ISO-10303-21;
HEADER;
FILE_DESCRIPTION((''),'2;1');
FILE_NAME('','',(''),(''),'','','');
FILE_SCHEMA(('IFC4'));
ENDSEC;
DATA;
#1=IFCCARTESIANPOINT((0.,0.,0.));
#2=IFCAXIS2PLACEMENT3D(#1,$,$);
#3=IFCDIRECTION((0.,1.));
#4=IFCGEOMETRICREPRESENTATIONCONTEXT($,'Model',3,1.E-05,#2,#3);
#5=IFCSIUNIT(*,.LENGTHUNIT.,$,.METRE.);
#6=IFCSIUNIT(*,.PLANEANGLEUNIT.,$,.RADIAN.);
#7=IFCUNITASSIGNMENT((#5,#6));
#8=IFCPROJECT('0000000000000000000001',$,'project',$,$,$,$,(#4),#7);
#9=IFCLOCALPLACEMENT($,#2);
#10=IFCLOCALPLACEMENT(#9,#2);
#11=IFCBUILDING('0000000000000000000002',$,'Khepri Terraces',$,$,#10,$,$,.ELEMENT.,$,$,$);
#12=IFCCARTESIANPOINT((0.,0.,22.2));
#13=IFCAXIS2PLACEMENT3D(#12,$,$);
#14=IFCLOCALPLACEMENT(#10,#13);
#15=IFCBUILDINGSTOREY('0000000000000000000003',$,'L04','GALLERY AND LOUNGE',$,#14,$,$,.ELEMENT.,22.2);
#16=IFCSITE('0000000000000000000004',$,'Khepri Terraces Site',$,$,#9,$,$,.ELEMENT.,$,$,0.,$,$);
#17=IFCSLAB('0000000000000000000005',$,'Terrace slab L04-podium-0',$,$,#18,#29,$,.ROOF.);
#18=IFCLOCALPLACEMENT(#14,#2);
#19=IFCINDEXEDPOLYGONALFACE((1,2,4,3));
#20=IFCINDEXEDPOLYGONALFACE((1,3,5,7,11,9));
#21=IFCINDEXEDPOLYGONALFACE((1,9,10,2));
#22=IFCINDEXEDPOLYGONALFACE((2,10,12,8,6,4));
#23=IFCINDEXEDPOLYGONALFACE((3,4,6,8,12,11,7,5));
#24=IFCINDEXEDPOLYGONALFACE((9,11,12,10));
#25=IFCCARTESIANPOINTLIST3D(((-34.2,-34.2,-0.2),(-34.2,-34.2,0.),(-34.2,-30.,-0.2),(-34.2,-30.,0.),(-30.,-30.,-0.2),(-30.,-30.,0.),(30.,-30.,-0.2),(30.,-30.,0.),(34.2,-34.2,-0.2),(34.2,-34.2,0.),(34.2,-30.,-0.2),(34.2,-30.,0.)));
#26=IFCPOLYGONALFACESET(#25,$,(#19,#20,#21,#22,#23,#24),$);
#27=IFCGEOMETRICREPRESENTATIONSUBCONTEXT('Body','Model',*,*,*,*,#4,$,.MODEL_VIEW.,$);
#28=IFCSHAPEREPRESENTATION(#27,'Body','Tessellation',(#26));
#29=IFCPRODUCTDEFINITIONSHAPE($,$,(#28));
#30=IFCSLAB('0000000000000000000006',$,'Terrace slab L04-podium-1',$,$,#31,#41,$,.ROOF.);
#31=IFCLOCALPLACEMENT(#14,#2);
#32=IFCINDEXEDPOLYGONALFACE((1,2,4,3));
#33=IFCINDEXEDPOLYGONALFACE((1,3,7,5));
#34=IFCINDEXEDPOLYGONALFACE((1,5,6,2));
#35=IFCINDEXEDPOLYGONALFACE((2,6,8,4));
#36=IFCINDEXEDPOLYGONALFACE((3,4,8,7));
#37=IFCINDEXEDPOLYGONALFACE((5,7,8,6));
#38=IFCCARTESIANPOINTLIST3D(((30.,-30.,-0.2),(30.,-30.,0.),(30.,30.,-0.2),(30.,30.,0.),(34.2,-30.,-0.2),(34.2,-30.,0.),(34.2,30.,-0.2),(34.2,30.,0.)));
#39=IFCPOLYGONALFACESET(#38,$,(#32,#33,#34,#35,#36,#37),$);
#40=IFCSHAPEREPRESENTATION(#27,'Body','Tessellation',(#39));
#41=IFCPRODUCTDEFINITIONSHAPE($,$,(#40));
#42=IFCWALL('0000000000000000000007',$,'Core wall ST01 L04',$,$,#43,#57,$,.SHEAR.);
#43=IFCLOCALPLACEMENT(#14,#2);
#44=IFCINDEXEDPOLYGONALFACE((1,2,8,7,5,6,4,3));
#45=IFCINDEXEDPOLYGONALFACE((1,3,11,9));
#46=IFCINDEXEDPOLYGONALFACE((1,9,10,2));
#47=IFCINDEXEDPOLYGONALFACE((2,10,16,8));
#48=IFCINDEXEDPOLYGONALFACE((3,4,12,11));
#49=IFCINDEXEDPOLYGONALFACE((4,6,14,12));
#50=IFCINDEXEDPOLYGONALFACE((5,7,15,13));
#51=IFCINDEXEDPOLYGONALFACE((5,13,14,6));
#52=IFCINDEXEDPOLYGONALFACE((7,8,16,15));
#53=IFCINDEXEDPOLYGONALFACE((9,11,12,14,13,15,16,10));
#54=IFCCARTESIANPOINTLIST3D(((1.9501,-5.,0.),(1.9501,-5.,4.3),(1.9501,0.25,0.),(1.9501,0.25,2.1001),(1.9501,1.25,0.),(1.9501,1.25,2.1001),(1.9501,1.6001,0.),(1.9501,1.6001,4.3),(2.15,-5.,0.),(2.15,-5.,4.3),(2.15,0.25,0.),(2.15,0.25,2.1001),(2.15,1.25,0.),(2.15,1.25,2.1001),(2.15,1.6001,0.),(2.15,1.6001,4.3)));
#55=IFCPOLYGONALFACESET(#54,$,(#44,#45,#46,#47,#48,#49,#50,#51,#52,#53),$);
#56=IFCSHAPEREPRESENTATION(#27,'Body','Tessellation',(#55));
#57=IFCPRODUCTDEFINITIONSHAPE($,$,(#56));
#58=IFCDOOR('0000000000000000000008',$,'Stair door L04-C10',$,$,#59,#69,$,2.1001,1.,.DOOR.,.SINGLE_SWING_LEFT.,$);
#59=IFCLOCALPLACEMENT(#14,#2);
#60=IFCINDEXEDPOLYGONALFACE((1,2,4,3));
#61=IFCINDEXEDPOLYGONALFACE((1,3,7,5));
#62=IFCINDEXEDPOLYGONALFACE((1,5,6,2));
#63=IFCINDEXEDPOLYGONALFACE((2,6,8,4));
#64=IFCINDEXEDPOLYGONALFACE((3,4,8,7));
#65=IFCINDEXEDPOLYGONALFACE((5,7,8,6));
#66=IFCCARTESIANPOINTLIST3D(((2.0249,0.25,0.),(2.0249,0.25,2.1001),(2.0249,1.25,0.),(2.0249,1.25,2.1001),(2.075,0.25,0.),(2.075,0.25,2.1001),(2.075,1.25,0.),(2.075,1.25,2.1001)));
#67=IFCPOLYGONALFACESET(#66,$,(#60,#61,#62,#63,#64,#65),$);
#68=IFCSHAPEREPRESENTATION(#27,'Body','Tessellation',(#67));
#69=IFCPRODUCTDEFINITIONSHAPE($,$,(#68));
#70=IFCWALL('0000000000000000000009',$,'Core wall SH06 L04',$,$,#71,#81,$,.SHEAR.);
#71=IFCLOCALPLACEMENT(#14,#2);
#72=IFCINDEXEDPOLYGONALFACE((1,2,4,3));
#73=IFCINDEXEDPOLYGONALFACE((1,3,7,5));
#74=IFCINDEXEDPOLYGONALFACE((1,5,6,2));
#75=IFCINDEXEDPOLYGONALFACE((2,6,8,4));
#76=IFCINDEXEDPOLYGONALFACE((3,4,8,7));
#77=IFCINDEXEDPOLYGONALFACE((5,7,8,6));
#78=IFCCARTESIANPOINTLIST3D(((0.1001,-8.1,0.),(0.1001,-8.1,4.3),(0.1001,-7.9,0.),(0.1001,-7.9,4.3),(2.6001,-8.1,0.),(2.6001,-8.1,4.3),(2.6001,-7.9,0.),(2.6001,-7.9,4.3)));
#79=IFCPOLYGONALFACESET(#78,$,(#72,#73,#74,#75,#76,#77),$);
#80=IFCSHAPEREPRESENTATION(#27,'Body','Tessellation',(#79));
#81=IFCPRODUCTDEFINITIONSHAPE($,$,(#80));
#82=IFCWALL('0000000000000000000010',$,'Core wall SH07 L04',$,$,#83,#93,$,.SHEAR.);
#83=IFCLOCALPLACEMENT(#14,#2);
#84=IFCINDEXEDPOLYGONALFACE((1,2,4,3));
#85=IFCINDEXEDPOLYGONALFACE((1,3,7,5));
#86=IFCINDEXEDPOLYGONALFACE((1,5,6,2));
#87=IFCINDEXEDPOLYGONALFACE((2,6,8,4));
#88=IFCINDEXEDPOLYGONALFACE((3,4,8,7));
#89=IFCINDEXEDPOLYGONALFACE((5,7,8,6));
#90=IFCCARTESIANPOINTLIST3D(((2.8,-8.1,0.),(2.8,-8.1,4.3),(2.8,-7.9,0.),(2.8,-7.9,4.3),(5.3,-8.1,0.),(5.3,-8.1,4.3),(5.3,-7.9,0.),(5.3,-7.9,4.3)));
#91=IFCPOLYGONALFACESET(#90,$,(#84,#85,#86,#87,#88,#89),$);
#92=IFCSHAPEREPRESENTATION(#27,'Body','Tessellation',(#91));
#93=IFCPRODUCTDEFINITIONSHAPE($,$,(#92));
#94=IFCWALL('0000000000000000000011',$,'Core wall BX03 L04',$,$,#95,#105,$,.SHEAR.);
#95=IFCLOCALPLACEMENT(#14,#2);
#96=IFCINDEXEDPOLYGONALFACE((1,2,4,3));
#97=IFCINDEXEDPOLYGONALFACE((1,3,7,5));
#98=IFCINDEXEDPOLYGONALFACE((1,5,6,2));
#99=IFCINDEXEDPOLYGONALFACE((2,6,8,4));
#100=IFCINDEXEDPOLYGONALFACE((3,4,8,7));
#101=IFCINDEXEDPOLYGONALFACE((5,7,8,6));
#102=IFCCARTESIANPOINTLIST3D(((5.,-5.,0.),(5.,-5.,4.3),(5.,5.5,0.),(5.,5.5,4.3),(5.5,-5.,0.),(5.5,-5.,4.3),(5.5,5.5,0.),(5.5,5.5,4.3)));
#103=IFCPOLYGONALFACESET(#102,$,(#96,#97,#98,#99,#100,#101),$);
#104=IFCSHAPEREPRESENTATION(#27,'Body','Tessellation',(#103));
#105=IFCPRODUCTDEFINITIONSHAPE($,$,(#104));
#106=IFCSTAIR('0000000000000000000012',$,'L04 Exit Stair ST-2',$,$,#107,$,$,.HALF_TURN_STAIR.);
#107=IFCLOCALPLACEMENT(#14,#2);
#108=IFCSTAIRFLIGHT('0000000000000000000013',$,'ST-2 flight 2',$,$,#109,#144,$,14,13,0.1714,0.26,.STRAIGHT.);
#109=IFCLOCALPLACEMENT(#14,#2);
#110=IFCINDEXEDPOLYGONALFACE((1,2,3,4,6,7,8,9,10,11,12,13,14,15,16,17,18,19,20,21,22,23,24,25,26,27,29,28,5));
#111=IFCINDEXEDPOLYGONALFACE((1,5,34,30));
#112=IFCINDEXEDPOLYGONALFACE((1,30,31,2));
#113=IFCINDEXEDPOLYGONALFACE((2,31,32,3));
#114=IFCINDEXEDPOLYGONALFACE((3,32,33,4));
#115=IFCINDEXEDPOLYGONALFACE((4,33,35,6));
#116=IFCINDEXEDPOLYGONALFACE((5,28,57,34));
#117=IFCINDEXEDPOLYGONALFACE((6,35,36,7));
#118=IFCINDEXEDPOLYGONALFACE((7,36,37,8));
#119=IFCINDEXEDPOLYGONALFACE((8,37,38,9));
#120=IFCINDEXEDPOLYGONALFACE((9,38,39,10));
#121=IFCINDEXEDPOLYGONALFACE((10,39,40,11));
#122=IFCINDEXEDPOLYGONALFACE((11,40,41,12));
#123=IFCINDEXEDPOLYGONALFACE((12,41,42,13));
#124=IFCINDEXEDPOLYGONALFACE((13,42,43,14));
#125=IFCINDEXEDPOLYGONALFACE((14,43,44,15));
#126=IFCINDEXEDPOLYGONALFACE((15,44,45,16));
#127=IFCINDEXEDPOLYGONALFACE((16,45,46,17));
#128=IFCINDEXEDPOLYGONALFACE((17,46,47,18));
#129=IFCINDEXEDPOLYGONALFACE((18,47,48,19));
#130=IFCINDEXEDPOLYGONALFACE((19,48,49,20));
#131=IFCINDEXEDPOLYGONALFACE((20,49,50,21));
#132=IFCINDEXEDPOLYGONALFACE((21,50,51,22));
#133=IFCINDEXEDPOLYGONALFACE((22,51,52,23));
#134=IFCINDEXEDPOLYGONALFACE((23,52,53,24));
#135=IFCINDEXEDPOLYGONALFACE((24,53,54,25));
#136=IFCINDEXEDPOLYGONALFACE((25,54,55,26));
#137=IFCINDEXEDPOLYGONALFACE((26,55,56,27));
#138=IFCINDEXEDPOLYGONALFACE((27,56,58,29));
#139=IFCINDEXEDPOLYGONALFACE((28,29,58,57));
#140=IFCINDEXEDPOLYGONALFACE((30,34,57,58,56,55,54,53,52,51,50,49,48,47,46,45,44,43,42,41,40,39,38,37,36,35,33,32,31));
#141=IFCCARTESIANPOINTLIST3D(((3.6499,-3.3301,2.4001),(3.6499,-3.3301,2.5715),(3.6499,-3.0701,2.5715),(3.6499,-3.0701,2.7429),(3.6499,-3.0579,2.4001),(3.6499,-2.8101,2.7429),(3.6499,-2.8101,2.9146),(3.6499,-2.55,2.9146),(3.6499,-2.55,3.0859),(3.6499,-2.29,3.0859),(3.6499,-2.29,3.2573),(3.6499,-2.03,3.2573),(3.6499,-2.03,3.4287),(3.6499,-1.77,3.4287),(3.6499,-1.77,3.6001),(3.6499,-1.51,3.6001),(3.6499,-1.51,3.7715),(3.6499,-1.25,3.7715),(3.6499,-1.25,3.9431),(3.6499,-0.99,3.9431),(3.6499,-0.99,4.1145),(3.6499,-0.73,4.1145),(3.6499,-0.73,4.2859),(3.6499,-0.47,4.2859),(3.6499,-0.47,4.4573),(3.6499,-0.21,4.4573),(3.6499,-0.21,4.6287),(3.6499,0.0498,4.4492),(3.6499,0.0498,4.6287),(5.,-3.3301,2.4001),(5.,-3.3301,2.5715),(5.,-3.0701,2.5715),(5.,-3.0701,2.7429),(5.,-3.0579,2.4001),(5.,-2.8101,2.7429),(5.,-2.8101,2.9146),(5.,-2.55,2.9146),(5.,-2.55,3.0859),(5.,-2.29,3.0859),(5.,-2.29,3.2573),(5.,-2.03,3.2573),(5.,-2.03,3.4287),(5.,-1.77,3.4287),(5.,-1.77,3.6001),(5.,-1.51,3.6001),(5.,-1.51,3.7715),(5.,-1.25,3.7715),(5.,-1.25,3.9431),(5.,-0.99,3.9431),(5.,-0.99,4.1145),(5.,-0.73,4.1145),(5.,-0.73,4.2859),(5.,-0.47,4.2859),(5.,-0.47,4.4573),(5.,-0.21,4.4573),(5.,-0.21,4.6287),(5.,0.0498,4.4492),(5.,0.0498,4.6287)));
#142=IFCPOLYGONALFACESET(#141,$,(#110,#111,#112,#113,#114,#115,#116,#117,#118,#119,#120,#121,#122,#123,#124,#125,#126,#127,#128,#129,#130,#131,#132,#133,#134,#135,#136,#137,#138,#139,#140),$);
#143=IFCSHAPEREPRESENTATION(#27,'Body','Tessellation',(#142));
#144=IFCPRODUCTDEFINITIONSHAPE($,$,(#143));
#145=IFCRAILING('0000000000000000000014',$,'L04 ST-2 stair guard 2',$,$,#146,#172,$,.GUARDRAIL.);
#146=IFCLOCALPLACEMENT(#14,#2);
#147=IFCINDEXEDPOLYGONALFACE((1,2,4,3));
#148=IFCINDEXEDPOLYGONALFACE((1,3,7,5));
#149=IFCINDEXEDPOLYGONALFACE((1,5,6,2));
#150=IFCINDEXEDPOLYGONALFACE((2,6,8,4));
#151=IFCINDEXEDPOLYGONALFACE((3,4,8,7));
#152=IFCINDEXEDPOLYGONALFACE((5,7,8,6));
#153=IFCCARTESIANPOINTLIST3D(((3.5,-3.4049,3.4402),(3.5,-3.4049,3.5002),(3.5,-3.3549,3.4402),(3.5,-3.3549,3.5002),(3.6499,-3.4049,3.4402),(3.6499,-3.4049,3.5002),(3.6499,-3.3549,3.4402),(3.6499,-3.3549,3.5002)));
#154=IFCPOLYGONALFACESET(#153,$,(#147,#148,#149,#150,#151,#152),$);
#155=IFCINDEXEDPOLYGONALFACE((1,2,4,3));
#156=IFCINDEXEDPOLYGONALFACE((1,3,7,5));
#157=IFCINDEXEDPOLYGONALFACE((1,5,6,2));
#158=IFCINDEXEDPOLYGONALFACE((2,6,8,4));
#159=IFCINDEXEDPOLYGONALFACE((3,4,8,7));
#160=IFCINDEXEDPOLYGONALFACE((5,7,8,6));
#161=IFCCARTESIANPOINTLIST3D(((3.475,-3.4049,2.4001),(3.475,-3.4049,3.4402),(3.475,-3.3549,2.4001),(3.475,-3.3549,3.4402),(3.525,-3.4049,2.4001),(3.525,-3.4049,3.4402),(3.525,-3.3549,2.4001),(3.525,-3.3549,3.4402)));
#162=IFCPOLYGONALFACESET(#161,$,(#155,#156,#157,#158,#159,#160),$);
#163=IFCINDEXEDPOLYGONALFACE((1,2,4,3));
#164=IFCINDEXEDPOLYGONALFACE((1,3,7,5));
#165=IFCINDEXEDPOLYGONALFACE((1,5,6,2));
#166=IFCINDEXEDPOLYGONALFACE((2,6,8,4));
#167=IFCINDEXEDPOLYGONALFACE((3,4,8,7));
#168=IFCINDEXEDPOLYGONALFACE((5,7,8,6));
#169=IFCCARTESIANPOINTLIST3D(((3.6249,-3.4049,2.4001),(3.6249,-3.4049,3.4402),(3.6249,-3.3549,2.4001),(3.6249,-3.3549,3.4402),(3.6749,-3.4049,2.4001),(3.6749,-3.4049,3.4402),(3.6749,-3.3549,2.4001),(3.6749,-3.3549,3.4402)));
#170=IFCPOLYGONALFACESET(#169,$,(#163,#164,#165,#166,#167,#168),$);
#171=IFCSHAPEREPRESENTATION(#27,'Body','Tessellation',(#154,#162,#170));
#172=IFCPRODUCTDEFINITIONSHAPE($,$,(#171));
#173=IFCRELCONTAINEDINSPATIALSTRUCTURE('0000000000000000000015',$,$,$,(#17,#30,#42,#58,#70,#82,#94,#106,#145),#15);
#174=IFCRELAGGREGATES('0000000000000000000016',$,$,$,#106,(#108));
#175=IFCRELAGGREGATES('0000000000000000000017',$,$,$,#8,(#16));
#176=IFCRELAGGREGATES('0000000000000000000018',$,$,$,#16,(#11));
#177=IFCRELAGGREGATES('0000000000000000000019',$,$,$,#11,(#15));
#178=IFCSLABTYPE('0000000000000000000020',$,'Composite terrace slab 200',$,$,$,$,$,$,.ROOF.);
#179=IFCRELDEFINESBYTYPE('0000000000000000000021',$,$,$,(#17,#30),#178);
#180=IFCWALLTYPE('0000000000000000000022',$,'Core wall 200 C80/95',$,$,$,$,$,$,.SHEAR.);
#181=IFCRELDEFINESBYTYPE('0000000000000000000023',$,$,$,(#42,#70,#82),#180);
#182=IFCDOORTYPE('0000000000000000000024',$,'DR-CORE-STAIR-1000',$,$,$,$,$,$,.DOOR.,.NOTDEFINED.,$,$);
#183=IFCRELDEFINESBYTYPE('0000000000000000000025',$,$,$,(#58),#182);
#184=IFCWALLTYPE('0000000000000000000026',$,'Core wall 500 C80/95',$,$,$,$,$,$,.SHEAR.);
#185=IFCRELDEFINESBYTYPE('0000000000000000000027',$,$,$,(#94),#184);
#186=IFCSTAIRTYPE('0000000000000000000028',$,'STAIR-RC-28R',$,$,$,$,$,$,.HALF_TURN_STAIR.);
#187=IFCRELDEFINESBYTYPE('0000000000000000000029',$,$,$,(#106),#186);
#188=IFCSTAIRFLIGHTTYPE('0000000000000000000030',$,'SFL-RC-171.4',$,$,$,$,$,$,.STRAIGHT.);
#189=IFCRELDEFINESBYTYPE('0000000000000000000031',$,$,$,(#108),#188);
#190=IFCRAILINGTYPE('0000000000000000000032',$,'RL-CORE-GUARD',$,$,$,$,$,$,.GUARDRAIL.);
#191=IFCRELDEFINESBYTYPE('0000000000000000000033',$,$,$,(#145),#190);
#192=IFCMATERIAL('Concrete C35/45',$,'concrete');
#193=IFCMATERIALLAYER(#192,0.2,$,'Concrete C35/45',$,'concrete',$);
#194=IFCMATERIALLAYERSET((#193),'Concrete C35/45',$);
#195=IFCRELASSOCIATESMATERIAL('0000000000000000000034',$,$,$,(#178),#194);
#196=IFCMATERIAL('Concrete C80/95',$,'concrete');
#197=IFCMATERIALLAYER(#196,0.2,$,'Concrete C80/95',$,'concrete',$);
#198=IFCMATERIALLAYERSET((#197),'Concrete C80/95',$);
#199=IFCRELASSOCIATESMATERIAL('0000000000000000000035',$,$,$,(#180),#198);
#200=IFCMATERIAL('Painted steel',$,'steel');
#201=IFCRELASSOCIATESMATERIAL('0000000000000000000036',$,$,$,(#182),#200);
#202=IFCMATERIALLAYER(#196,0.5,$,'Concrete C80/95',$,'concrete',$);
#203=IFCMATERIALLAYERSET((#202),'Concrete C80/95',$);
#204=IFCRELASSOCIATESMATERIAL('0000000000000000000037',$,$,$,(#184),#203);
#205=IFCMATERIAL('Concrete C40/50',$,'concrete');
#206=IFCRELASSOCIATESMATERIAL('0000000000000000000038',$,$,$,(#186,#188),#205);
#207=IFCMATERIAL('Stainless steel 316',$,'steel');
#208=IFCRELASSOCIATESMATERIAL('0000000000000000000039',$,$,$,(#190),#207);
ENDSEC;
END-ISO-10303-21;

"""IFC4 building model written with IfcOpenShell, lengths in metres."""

from ifc_helpers import new_model, si_unit, direction, frame, frame_2d, origin, origin_2d, place, context, subcontext, project, spatial, polyline, rectangle, outline, extrude, material, layer, layer_set, type_object, element, fill, aggregate, save


model = new_model("IFC4")

# Units and contexts
model_context = context("Model", 3, precision=1e-05, world=origin(), true_north=direction((0.0, 1.0)))
body_context = subcontext(model_context, "Body", "Model", "MODEL_VIEW")
ifc_project = project(units=[si_unit("LENGTHUNIT", "METRE"), si_unit("PLANEANGLEUNIT", "RADIAN")], contexts=[model_context])

# Site, building, storey
site_placement = place(None, origin())
site = spatial("IfcSite", under=ifc_project, at=site_placement, Name="Khepri Terraces Site", CompositionType="ELEMENT", RefElevation=0.0)
building_placement = place(site_placement, origin())
building = spatial("IfcBuilding", under=site, at=building_placement, Name="Khepri Terraces", CompositionType="ELEMENT")
storey_placement = place(building_placement, frame((0.0, 0.0, 22.2)))
storey = spatial("IfcBuildingStorey", under=building, at=storey_placement, Name="L04", Description="GALLERY AND LOUNGE", CompositionType="ELEMENT", Elevation=22.2)

# Slabs
ifc_material_1 = material(Name="Concrete C35/45", Category="concrete")
ifc_layer_1 = layer(ifc_material_1, 0.2, Name="Concrete C35/45", Category="concrete")
ifc_layer_set_1 = layer_set([ifc_layer_1], Name="Concrete C35/45")
slab_type = type_object("IfcSlabType", Name="Composite terrace slab 200", PredefinedType="ROOF", material=ifc_layer_set_1)
slab_1_placement = place(storey_placement, frame((0.0, 0.0, -0.2)))
element("IfcSlab", 1, at=slab_1_placement, inside=storey, type_object=slab_type, Name="Terrace slab L04-podium-0", PredefinedType="ROOF", context=body_context, shape_type="SweptSolid", body=[
    extrude(outline(polyline([(34.2, -34.2), (-34.2, -34.2), (-34.2, -30.0), (-30.0, -30.0), (30.0, -30.0), (34.2, -30.0), (34.2, -34.2)])), origin(), (0.0, 0.0, 1.0), 0.2),
])
slab_2_placement = place(storey_placement, frame((0.0, 0.0, -0.2)))
element("IfcSlab", 2, at=slab_2_placement, inside=storey, type_object=slab_type, Name="Terrace slab L04-podium-1", PredefinedType="ROOF", context=body_context, shape_type="SweptSolid", body=[
    extrude(outline(polyline([(34.2, -30.0), (30.0, -30.0), (30.0, 30.0), (34.2, 30.0), (34.2, -30.0)])), origin(), (0.0, 0.0, 1.0), 0.2),
])

# Wall, opening, door
ifc_material_2 = material(Name="Concrete C80/95", Category="concrete")
ifc_layer_2 = layer(ifc_material_2, 0.2, Name="Concrete C80/95", Category="concrete")
ifc_layer_set_2 = layer_set([ifc_layer_2], Name="Concrete C80/95")
wall_type_1 = type_object("IfcWallType", Name="Core wall 200 C80/95", PredefinedType="SHEAR", material=ifc_layer_set_2)
wall_1_placement = place(storey_placement, frame((2.05, -5.0, 0.0), z_axis=(0.0, 0.0, 1.0), x_axis=(0.0, 1.0, 0.0)))
wall_1 = element("IfcWall", 3, at=wall_1_placement, inside=storey, type_object=wall_type_1, Name="Core wall ST01 L04", PredefinedType="SHEAR", context=body_context, shape_type="SweptSolid", body=[
    extrude(rectangle(XDim=6.6001, YDim=0.2, at=frame_2d((3.3, 0.0))), origin(), (0.0, 0.0, 1.0), 4.3),
])
opening_placement = place(wall_1_placement, frame((5.25, 0.0, 0.0)))
opening = element("IfcOpeningElement", 4, at=opening_placement, cuts=wall_1, PredefinedType="OPENING", context=body_context, shape_type="SweptSolid", body=[
    extrude(rectangle(XDim=1.0, YDim=2.1001, at=frame_2d((0.5, 1.05))), frame((0.0, 0.1099, 0.0), z_axis=(0.0, -1.0, 0.0), x_axis=(1.0, 0.0, 0.0)), (0.0, 0.0, 1.0), 0.22),
])
ifc_material_3 = material(Name="Painted steel", Category="steel")
door_type = type_object("IfcDoorType", Name="DR-CORE-STAIR-1000", OperationType="NOTDEFINED", PredefinedType="DOOR", material=ifc_material_3)
door_placement = place(opening_placement, frame((1.0, 0.0, 0.0), z_axis=(0.0, 0.0, 1.0), x_axis=(-1.0, 0.0, 0.0)))
door = element("IfcDoor", 5, at=door_placement, inside=storey, type_object=door_type, Name="Stair door L04-C10", OperationType="SINGLE_SWING_LEFT", OverallHeight=2.1001, OverallWidth=1.0, PredefinedType="DOOR", context=body_context, shape_type="SweptSolid", body=[
    extrude(rectangle(XDim=1.0, YDim=2.1001, at=frame_2d((0.5, 1.05))), frame((0.0, 0.0249, 0.0), z_axis=(0.0, -1.0, 0.0), x_axis=(1.0, 0.0, 0.0)), (0.0, 0.0, 1.0), 0.05),
])
fill(opening, door)

# Walls
for number, where, z_axis, x_axis, name in (
    (6, (0.1001, -8.0, 0.0), (0.0, 0.0, 1.0), (1.0, 0.0, 0.0), "Core wall SH06 L04"),
    (7, (2.8, -8.0, 0.0), (0.0, 0.0, 1.0), (1.0, 0.0, 0.0), "Core wall SH07 L04"),
):
    element("IfcWall", number, at=place(storey_placement, frame(where, z_axis=z_axis, x_axis=x_axis)), inside=storey, type_object=wall_type_1, Name=name, PredefinedType="SHEAR", context=body_context, shape_type="SweptSolid", body=[
        extrude(rectangle(XDim=2.5, YDim=0.2, at=frame_2d((1.25, 0.0))), origin(), (0.0, 0.0, 1.0), 4.3),
    ])
ifc_layer_3 = layer(ifc_material_2, 0.5, Name="Concrete C80/95", Category="concrete")
ifc_layer_set_3 = layer_set([ifc_layer_3], Name="Concrete C80/95")
wall_type_2 = type_object("IfcWallType", Name="Core wall 500 C80/95", PredefinedType="SHEAR", material=ifc_layer_set_3)
wall_2_placement = place(storey_placement, frame((5.25, -5.0, 0.0), z_axis=(0.0, 0.0, 1.0), x_axis=(0.0, 1.0, 0.0)))
element("IfcWall", 8, at=wall_2_placement, inside=storey, type_object=wall_type_2, Name="Core wall BX03 L04", PredefinedType="SHEAR", context=body_context, shape_type="SweptSolid", body=[
    extrude(rectangle(XDim=10.5, YDim=0.5, at=frame_2d((5.25, 0.0))), origin(), (0.0, 0.0, 1.0), 4.3),
])

# Stair, stair flight
ifc_material_4 = material(Name="Concrete C40/50", Category="concrete")
stair_type = type_object("IfcStairType", Name="STAIR-RC-28R", PredefinedType="HALF_TURN_STAIR", material=ifc_material_4)
stair_placement = place(storey_placement, origin())
stair = element("IfcStair", 9, at=stair_placement, inside=storey, type_object=stair_type, Name="L04 Exit Stair ST-2", PredefinedType="HALF_TURN_STAIR")
stair_flight_type = type_object("IfcStairFlightType", Name="SFL-RC-171.4", PredefinedType="STRAIGHT", material=ifc_material_4)
stair_flight_placement = place(storey_placement, frame((4.325, -3.3301, 2.4001), z_axis=(0.0, 0.0, 1.0), x_axis=(0.0, 1.0, 0.0)))
stair_flight = element("IfcStairFlight", 10, at=stair_flight_placement, type_object=stair_flight_type, Name="ST-2 flight 2", NumberOfRisers=14, NumberOfTreads=13, PredefinedType="STRAIGHT", RiserHeight=0.1714, TreadLength=0.26, context=body_context, shape_type="SweptSolid", body=[
    extrude(outline(polyline([(0.0, 0.0), (0.0, 0.1714), (0.26, 0.1714), (0.26, 0.3428), (0.52, 0.3428), (0.52, 0.5144), (0.78, 0.5144), (0.78, 0.6858), (1.04, 0.6858), (1.04, 0.8572), (1.3, 0.8572), (1.3, 1.0286), (1.5601, 1.0286), (1.5601, 1.2), (1.8201, 1.2), (1.8201, 1.3713), (2.0801, 1.3713), (2.0801, 1.543), (2.3401, 1.543), (2.3401, 1.7144), (2.6001, 1.7144), (2.6001, 1.8857), (2.8601, 1.8857), (2.8601, 2.0571), (3.1201, 2.0571), (3.1201, 2.2285), (3.3799, 2.2285), (3.3799, 2.3999), (3.3799, 2.0491), (0.2722, 0.0), (0.0, 0.0)])), frame((0.0, 0.675, 0.0), z_axis=(0.0, -1.0, 0.0), x_axis=(1.0, 0.0, 0.0)), (0.0, 0.0, 1.0), 1.3501),
])
aggregate(stair, [stair_flight])

# Railing
ifc_material_5 = material(Name="Stainless steel 316", Category="steel")
railing_type_1 = type_object("IfcRailingType", Name="RL-CORE-GUARD", PredefinedType="GUARDRAIL", material=ifc_material_5)
railing_1_placement = place(storey_placement, frame((3.5, -3.3799, 2.4001)))
element("IfcRailing", 11, at=railing_1_placement, inside=storey, type_object=railing_type_1, Name="L04 ST-2 stair guard 2", PredefinedType="GUARDRAIL", context=body_context, shape_type="SweptSolid", body=[
    extrude(rectangle(XDim=0.05, YDim=0.0601, at=origin_2d()), frame((0.0, 0.0, 1.0701), z_axis=(1.0, 0.0, 0.0), x_axis=(0.0, 1.0, 0.0)), (0.0, 0.0, 1.0), 0.1499),
    extrude(rectangle(XDim=0.05, YDim=0.05, at=origin_2d()), origin(), (0.0, 0.0, 1.0), 1.04),
    extrude(rectangle(XDim=0.05, YDim=0.05, at=origin_2d()), frame((0.1499, 0.0, 0.0)), (0.0, 0.0, 1.0), 1.04),
])

save(model, "model.ifc")
